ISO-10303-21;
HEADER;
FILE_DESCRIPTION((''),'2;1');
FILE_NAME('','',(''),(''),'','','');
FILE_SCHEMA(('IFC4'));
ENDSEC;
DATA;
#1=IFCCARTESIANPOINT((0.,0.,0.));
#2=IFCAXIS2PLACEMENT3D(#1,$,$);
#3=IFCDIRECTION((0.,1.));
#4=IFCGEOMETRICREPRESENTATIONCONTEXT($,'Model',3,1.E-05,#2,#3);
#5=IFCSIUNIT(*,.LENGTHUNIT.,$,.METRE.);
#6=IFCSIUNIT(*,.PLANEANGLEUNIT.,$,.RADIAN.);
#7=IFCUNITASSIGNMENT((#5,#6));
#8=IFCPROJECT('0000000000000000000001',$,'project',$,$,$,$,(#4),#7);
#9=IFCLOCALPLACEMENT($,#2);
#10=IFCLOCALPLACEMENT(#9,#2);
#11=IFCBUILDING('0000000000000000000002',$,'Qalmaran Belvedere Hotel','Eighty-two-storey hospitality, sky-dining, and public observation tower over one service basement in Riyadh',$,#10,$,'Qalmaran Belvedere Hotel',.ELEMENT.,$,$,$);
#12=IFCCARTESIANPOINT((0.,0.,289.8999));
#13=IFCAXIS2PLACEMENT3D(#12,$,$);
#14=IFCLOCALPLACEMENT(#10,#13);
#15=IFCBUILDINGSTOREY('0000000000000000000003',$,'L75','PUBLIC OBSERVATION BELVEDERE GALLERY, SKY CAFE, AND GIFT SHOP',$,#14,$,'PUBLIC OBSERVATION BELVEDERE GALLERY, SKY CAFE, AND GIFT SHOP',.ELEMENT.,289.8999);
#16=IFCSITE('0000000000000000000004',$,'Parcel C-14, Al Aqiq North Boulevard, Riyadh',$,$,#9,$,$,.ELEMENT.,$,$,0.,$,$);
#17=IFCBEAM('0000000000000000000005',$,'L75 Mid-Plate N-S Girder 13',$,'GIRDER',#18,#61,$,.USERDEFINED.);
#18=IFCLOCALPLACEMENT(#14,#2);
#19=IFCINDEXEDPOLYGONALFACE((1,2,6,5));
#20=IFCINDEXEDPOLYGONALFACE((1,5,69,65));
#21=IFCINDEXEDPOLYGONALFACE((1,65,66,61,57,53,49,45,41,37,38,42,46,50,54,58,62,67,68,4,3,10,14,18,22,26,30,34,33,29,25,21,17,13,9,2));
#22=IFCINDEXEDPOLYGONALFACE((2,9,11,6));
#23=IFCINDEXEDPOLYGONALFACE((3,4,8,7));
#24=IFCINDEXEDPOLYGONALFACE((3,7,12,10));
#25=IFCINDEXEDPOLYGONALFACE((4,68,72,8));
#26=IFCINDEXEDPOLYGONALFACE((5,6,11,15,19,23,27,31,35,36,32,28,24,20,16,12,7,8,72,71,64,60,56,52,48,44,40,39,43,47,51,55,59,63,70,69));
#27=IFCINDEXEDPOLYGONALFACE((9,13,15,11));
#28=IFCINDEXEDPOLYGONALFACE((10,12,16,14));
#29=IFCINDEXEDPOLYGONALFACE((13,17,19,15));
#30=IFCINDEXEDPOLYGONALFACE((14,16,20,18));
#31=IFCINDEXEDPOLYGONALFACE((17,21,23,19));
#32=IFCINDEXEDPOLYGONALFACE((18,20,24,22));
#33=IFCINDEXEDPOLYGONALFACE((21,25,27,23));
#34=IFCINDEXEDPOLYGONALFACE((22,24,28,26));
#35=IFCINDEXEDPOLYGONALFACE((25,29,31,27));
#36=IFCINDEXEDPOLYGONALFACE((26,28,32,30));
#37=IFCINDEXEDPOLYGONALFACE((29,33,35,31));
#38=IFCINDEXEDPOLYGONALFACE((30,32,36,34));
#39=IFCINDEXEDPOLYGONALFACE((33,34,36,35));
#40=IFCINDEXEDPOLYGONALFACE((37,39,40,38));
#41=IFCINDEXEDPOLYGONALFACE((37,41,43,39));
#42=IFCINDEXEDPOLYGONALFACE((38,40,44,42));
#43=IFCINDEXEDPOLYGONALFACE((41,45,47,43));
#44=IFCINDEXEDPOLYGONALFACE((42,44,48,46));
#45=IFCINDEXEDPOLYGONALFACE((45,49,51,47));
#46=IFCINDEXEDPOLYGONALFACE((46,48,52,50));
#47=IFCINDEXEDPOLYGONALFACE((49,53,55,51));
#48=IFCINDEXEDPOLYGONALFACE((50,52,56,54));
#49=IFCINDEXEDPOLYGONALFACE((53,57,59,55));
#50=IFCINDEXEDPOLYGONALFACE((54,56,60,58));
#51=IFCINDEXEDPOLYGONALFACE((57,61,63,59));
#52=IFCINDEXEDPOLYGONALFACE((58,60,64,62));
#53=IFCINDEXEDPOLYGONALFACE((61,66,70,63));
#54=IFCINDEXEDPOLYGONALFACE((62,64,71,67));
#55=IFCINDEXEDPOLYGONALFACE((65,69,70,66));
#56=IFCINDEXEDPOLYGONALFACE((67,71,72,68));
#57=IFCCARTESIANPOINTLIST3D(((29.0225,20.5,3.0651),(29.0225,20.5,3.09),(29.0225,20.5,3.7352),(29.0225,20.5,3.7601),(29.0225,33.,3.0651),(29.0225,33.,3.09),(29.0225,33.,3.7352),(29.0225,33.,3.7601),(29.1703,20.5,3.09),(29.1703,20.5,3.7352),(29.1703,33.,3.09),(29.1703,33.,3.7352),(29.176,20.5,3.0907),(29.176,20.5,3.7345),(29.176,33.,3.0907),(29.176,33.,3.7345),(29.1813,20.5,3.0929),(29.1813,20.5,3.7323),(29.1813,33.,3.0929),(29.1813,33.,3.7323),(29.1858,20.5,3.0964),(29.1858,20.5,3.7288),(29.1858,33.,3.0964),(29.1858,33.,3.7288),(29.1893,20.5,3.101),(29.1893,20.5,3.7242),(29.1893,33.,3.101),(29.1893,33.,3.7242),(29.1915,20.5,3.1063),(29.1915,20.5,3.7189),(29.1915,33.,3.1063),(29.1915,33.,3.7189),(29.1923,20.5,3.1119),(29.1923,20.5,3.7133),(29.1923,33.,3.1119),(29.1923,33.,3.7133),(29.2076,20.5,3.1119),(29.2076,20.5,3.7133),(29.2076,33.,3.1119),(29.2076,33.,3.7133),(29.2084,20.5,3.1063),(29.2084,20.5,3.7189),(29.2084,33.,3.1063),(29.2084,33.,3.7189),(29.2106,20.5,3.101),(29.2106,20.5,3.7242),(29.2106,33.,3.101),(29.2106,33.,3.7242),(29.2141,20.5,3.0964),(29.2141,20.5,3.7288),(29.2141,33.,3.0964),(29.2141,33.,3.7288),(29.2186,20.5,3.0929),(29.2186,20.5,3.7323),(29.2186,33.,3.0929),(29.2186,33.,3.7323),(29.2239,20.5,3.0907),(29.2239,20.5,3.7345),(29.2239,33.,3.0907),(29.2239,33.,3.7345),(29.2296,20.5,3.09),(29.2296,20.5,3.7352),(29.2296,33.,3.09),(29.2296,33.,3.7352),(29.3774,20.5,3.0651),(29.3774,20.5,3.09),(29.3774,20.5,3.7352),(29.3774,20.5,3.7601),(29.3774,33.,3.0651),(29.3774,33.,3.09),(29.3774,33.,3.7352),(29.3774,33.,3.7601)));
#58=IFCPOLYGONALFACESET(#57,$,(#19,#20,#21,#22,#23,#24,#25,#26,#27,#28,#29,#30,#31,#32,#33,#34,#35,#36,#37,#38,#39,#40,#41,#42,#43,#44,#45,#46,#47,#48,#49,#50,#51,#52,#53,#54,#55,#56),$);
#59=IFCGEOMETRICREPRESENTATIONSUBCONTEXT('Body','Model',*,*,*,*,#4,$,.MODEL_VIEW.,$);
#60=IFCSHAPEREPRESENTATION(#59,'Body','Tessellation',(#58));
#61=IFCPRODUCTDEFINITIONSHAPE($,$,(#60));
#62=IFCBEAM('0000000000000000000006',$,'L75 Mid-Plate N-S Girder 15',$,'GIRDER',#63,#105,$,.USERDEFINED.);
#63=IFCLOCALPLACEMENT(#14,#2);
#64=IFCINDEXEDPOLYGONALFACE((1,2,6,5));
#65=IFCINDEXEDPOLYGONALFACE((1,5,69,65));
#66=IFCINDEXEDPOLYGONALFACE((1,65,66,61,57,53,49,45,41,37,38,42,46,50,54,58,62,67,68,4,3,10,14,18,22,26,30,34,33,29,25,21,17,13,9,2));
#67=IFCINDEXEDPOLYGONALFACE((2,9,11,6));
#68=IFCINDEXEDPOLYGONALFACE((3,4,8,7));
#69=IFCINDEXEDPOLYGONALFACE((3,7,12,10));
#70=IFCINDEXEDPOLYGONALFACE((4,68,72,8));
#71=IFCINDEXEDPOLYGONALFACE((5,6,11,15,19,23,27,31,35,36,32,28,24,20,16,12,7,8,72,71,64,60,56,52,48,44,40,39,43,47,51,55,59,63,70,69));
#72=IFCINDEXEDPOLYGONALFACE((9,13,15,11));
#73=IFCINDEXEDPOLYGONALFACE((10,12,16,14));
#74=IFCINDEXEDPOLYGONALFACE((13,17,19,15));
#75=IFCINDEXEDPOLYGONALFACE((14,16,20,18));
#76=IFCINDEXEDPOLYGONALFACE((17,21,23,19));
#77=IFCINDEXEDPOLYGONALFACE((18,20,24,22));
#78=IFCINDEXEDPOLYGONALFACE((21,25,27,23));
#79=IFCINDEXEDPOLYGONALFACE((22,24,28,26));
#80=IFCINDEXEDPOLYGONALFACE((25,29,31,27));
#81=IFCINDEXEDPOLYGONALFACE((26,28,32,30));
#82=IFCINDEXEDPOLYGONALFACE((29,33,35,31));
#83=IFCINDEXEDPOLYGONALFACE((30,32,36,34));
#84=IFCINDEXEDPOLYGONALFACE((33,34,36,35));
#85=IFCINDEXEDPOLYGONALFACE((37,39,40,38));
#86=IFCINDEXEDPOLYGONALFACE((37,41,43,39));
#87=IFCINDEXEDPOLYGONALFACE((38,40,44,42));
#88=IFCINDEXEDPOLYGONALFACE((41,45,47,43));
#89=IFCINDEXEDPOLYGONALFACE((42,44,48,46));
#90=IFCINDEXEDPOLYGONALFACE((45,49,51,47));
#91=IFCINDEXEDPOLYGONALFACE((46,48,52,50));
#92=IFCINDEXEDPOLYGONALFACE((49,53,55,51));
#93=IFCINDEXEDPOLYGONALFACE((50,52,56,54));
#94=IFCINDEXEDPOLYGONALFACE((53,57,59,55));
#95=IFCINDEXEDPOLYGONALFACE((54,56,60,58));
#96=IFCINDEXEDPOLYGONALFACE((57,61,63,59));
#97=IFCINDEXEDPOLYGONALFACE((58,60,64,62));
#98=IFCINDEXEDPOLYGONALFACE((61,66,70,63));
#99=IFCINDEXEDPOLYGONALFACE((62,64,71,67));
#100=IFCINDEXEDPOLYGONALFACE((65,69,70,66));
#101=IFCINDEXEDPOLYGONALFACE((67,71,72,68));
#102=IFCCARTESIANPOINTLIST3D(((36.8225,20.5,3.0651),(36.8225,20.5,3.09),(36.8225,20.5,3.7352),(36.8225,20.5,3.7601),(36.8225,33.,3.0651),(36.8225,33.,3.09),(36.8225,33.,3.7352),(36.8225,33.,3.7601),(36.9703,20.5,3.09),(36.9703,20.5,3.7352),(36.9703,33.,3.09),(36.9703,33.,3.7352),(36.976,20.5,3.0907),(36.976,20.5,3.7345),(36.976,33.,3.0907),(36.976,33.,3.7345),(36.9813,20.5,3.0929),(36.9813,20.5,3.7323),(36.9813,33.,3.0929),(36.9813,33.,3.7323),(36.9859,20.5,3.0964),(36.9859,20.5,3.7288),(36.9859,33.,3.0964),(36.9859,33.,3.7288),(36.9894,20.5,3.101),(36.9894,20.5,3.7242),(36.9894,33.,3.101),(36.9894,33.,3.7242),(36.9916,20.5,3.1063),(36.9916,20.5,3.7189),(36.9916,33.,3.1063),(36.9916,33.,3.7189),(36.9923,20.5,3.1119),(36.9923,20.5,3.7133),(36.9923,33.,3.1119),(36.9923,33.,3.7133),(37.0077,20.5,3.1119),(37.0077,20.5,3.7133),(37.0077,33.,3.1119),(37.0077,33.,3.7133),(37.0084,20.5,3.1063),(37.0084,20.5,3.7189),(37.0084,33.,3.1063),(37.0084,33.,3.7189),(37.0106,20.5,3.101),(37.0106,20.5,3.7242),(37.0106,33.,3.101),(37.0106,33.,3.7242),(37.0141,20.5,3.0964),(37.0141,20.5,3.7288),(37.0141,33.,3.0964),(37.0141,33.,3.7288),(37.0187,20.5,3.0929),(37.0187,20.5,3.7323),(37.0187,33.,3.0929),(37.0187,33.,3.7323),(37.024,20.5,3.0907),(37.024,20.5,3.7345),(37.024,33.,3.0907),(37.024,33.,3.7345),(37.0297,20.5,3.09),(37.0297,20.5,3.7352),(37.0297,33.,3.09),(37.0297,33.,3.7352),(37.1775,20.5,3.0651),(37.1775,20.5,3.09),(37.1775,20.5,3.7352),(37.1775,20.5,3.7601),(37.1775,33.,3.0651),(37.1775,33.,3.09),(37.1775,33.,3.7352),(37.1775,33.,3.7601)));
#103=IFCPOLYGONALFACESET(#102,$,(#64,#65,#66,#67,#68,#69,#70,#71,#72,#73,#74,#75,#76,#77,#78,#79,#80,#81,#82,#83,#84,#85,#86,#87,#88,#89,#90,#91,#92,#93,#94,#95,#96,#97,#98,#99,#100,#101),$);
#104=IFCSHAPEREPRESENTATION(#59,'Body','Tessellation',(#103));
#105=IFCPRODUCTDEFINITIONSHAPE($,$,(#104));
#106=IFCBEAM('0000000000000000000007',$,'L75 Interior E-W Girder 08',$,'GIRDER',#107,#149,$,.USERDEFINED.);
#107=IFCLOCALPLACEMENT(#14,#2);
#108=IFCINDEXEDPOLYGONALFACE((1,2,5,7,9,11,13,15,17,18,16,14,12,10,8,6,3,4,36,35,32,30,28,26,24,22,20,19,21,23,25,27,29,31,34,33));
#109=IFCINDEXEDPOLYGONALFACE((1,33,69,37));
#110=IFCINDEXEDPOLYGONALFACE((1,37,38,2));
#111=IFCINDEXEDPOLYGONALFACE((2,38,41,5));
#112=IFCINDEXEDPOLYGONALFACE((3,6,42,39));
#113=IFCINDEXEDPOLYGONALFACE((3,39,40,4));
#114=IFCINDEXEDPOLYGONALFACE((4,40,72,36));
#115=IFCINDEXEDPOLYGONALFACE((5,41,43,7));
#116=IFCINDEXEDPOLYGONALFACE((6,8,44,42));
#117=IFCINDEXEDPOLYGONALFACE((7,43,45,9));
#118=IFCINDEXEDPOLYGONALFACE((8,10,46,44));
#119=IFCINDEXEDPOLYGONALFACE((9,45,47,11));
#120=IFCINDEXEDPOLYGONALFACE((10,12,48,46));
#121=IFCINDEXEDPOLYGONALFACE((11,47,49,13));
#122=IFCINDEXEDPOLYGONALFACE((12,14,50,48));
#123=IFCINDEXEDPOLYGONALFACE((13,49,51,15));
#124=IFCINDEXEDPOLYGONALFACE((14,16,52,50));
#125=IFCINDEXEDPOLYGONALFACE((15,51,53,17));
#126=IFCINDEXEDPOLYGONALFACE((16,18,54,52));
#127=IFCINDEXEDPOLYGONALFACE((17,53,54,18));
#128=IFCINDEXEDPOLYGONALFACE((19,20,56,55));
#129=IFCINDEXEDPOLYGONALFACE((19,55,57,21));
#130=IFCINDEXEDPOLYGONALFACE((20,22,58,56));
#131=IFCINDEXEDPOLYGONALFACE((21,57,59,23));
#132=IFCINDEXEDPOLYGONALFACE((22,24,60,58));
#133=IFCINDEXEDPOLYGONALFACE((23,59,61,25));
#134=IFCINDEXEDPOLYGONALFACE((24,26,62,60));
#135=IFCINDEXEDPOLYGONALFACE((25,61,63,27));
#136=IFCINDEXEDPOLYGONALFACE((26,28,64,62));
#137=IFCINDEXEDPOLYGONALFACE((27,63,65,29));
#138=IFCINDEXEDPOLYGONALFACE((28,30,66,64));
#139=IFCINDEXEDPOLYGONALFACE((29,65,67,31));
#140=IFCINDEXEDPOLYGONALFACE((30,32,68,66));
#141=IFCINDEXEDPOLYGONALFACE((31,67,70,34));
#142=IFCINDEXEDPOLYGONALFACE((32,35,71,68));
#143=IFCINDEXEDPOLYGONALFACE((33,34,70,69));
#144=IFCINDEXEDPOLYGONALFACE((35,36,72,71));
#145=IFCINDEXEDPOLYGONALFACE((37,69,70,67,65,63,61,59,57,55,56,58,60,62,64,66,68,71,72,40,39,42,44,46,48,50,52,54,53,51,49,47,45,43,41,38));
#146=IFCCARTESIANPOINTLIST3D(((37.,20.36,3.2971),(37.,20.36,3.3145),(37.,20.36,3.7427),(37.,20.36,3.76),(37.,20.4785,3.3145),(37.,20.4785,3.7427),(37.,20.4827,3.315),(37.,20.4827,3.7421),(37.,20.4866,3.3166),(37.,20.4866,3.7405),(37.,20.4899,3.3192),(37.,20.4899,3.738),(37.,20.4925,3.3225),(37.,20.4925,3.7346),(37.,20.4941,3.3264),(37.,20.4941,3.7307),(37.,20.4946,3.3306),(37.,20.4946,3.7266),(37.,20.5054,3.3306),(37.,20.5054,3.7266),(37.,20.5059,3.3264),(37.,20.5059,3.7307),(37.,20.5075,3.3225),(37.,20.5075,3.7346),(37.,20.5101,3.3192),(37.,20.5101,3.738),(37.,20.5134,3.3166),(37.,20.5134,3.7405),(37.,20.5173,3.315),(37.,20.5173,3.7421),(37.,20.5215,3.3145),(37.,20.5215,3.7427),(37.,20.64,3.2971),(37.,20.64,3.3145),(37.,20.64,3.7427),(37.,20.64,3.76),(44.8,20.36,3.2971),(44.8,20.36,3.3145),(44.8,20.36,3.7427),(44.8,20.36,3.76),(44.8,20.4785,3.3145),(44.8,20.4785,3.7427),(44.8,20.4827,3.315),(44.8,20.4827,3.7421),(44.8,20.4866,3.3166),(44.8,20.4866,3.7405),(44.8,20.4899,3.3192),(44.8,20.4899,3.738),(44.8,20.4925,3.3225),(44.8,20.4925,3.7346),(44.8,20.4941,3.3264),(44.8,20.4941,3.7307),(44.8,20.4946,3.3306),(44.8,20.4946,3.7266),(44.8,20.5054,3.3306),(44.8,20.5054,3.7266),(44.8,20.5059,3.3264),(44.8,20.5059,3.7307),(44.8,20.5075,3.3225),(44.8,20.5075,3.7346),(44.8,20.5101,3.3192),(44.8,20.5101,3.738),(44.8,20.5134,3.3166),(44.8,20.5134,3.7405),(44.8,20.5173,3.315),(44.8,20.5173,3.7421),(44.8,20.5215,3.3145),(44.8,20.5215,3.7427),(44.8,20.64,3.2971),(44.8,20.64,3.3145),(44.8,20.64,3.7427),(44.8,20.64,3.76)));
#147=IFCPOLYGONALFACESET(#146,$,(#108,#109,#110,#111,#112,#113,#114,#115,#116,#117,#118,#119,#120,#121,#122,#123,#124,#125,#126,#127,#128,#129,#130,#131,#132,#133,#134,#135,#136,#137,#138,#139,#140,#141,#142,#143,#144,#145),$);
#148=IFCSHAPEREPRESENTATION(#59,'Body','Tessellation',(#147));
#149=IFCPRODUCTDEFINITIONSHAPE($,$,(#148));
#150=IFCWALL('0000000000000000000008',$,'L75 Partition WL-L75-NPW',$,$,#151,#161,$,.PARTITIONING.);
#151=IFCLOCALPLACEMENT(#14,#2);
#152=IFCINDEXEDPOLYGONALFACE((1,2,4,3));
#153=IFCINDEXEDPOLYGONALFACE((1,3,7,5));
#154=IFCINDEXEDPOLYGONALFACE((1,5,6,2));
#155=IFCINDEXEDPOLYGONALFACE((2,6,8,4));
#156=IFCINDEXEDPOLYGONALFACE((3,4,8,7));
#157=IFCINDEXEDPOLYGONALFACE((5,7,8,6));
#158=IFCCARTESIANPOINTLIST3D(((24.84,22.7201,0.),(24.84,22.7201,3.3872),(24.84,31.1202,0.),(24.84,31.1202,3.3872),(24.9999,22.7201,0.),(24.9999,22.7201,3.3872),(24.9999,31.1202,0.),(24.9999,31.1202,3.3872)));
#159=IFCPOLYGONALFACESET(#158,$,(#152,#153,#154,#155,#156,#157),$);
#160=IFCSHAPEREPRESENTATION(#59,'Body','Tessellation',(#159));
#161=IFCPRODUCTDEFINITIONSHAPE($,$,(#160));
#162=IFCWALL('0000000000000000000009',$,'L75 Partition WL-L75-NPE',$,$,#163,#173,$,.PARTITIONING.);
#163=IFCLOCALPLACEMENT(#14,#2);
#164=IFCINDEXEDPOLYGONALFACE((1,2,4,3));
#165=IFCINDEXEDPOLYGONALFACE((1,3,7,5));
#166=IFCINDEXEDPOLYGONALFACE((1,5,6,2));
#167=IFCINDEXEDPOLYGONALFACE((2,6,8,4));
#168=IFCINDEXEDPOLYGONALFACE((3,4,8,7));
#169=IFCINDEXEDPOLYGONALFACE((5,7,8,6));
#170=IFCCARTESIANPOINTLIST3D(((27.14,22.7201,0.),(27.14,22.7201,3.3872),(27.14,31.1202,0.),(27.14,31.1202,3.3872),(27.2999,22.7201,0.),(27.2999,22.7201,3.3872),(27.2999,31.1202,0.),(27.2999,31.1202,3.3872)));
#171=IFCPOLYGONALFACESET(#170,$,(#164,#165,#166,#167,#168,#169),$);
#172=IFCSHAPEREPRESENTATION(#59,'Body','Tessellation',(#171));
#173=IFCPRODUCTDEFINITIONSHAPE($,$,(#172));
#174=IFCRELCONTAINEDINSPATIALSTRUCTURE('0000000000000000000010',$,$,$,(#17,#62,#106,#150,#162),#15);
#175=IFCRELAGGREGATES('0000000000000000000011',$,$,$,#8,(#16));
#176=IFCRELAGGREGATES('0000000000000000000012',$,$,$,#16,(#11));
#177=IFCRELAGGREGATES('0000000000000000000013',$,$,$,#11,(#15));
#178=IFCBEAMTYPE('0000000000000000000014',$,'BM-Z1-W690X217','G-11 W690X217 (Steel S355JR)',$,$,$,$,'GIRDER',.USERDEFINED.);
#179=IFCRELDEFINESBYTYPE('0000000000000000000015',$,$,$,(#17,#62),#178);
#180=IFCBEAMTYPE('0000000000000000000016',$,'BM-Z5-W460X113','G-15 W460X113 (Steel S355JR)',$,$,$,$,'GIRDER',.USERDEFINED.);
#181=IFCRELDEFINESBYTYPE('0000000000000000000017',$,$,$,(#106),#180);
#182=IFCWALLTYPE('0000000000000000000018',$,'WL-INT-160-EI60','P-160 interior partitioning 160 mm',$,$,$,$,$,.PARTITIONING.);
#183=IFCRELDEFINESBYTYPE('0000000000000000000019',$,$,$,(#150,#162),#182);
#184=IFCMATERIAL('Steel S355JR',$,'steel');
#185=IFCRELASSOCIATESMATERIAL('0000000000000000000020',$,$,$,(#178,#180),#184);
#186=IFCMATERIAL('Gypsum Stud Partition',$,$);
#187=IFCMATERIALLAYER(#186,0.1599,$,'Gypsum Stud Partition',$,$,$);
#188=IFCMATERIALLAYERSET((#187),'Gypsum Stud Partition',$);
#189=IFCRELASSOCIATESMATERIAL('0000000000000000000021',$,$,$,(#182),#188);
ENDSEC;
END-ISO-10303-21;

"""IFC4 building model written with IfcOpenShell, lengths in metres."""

from ifc_helpers import new_model, si_unit, direction, frame, frame_2d, origin, origin_2d, place, context, subcontext, project, spatial, rectangle, i_section, extrude, material, layer, layer_set, material_profile, profile_set, type_object, element, save


model = new_model("IFC4")

# Units and contexts
model_context = context("Model", 3, precision=1e-05, world=origin(), true_north=direction((0.0, 1.0)))
body_context = subcontext(model_context, "Body", "Model", "MODEL_VIEW")
ifc_project = project(units=[si_unit("LENGTHUNIT", "METRE"), si_unit("PLANEANGLEUNIT", "RADIAN")], contexts=[model_context])

# Site, building, storey
site_placement = place(None, origin())
site = spatial("IfcSite", under=ifc_project, at=site_placement, Name="Parcel C-14, Al Aqiq North Boulevard, Riyadh", CompositionType="ELEMENT", RefElevation=0.0)
building_placement = place(site_placement, origin())
building = spatial("IfcBuilding", under=site, at=building_placement, Name="Qalmaran Belvedere Hotel", Description="Eighty-two-storey hospitality, sky-dining, and public observation tower over one service basement in Riyadh", LongName="Qalmaran Belvedere Hotel", CompositionType="ELEMENT")
storey_placement = place(building_placement, frame((0.0, 0.0, 289.8999)))
storey = spatial("IfcBuildingStorey", under=building, at=storey_placement, Name="L75", Description="PUBLIC OBSERVATION BELVEDERE GALLERY, SKY CAFE, AND GIFT SHOP", LongName="PUBLIC OBSERVATION BELVEDERE GALLERY, SKY CAFE, AND GIFT SHOP", CompositionType="ELEMENT", Elevation=289.8999)

# Beams
ifc_material_1 = material(Name="Steel S355JR", Category="steel")
ifc_material_profile_1 = material_profile(ifc_material_1, i_section(OverallWidth=0.355, OverallDepth=0.6951, WebThickness=0.0154, FlangeThickness=0.0249, FilletRadius=0.022, at=origin_2d()), Name="W690X217")
ifc_profile_set_1 = profile_set([ifc_material_profile_1], Name="Steel S355JR")
beam_type_1 = type_object("IfcBeamType", Name="BM-Z1-W690X217", Description="G-11 W690X217 (Steel S355JR)", ElementType="GIRDER", PredefinedType="USERDEFINED", material=ifc_profile_set_1)
for number, where, z_axis, x_axis, name in (
    (1, (29.2, 20.5, 3.4126), (0.0, 1.0, 0.0), (-1.0, 0.0, 0.0), "L75 Mid-Plate N-S Girder 13"),
    (2, (37.0, 20.5, 3.4126), (0.0, 1.0, 0.0), (-1.0, 0.0, 0.0), "L75 Mid-Plate N-S Girder 15"),
):
    element("IfcBeam", number, at=place(storey_placement, frame(where, z_axis=z_axis, x_axis=x_axis)), inside=storey, type_object=beam_type_1, Name=name, ObjectType="GIRDER", PredefinedType="USERDEFINED", context=body_context, shape_type="SweptSolid", body=[
        extrude(i_section(OverallWidth=0.355, OverallDepth=0.6951, WebThickness=0.0154, FlangeThickness=0.0249, FilletRadius=0.022, at=origin_2d()), origin(), (0.0, 0.0, 1.0), 12.5),
    ])
ifc_material_profile_2 = material_profile(ifc_material_1, i_section(OverallWidth=0.28, OverallDepth=0.4629, WebThickness=0.0107, FlangeThickness=0.0173, FilletRadius=0.0161, at=origin_2d()), Name="W460X113")
ifc_profile_set_2 = profile_set([ifc_material_profile_2], Name="Steel S355JR")
beam_type_2 = type_object("IfcBeamType", Name="BM-Z5-W460X113", Description="G-15 W460X113 (Steel S355JR)", ElementType="GIRDER", PredefinedType="USERDEFINED", material=ifc_profile_set_2)
beam_placement = place(storey_placement, frame((37.0, 20.5, 3.5286), z_axis=(1.0, 0.0, 0.0), x_axis=(0.0, 1.0, 0.0)))
element("IfcBeam", 3, at=beam_placement, inside=storey, type_object=beam_type_2, Name="L75 Interior E-W Girder 08", ObjectType="GIRDER", PredefinedType="USERDEFINED", context=body_context, shape_type="SweptSolid", body=[
    extrude(i_section(OverallWidth=0.28, OverallDepth=0.4629, WebThickness=0.0107, FlangeThickness=0.0173, FilletRadius=0.0161, at=origin_2d()), origin(), (0.0, 0.0, 1.0), 7.8),
])

# Walls
ifc_material_2 = material(Name="Gypsum Stud Partition")
ifc_layer_1 = layer(ifc_material_2, 0.1599, Name="Gypsum Stud Partition")
ifc_layer_set_1 = layer_set([ifc_layer_1], Name="Gypsum Stud Partition")
wall_type_1 = type_object("IfcWallType", Name="WL-INT-160-EI60", Description="P-160 interior partitioning 160 mm", PredefinedType="PARTITIONING", material=ifc_layer_set_1)
for number, where, z_axis, x_axis, name in (
    (4, (24.9199, 22.72, 0.0), (0.0, 0.0, 1.0), (0.0, 1.0, 0.0), "L75 Partition WL-L75-NPW"),
    (5, (27.22, 22.72, 0.0), (0.0, 0.0, 1.0), (0.0, 1.0, 0.0), "L75 Partition WL-L75-NPE"),
):
    element("IfcWall", number, at=place(storey_placement, frame(where, z_axis=z_axis, x_axis=x_axis)), inside=storey, type_object=wall_type_1, Name=name, PredefinedType="PARTITIONING", context=body_context, shape_type="SweptSolid", body=[
        extrude(rectangle(XDim=8.4001, YDim=0.1599, at=frame_2d((4.2002, 0.0))), origin(), (0.0, 0.0, 1.0), 3.3872),
    ])

save(model, "model.ifc")
